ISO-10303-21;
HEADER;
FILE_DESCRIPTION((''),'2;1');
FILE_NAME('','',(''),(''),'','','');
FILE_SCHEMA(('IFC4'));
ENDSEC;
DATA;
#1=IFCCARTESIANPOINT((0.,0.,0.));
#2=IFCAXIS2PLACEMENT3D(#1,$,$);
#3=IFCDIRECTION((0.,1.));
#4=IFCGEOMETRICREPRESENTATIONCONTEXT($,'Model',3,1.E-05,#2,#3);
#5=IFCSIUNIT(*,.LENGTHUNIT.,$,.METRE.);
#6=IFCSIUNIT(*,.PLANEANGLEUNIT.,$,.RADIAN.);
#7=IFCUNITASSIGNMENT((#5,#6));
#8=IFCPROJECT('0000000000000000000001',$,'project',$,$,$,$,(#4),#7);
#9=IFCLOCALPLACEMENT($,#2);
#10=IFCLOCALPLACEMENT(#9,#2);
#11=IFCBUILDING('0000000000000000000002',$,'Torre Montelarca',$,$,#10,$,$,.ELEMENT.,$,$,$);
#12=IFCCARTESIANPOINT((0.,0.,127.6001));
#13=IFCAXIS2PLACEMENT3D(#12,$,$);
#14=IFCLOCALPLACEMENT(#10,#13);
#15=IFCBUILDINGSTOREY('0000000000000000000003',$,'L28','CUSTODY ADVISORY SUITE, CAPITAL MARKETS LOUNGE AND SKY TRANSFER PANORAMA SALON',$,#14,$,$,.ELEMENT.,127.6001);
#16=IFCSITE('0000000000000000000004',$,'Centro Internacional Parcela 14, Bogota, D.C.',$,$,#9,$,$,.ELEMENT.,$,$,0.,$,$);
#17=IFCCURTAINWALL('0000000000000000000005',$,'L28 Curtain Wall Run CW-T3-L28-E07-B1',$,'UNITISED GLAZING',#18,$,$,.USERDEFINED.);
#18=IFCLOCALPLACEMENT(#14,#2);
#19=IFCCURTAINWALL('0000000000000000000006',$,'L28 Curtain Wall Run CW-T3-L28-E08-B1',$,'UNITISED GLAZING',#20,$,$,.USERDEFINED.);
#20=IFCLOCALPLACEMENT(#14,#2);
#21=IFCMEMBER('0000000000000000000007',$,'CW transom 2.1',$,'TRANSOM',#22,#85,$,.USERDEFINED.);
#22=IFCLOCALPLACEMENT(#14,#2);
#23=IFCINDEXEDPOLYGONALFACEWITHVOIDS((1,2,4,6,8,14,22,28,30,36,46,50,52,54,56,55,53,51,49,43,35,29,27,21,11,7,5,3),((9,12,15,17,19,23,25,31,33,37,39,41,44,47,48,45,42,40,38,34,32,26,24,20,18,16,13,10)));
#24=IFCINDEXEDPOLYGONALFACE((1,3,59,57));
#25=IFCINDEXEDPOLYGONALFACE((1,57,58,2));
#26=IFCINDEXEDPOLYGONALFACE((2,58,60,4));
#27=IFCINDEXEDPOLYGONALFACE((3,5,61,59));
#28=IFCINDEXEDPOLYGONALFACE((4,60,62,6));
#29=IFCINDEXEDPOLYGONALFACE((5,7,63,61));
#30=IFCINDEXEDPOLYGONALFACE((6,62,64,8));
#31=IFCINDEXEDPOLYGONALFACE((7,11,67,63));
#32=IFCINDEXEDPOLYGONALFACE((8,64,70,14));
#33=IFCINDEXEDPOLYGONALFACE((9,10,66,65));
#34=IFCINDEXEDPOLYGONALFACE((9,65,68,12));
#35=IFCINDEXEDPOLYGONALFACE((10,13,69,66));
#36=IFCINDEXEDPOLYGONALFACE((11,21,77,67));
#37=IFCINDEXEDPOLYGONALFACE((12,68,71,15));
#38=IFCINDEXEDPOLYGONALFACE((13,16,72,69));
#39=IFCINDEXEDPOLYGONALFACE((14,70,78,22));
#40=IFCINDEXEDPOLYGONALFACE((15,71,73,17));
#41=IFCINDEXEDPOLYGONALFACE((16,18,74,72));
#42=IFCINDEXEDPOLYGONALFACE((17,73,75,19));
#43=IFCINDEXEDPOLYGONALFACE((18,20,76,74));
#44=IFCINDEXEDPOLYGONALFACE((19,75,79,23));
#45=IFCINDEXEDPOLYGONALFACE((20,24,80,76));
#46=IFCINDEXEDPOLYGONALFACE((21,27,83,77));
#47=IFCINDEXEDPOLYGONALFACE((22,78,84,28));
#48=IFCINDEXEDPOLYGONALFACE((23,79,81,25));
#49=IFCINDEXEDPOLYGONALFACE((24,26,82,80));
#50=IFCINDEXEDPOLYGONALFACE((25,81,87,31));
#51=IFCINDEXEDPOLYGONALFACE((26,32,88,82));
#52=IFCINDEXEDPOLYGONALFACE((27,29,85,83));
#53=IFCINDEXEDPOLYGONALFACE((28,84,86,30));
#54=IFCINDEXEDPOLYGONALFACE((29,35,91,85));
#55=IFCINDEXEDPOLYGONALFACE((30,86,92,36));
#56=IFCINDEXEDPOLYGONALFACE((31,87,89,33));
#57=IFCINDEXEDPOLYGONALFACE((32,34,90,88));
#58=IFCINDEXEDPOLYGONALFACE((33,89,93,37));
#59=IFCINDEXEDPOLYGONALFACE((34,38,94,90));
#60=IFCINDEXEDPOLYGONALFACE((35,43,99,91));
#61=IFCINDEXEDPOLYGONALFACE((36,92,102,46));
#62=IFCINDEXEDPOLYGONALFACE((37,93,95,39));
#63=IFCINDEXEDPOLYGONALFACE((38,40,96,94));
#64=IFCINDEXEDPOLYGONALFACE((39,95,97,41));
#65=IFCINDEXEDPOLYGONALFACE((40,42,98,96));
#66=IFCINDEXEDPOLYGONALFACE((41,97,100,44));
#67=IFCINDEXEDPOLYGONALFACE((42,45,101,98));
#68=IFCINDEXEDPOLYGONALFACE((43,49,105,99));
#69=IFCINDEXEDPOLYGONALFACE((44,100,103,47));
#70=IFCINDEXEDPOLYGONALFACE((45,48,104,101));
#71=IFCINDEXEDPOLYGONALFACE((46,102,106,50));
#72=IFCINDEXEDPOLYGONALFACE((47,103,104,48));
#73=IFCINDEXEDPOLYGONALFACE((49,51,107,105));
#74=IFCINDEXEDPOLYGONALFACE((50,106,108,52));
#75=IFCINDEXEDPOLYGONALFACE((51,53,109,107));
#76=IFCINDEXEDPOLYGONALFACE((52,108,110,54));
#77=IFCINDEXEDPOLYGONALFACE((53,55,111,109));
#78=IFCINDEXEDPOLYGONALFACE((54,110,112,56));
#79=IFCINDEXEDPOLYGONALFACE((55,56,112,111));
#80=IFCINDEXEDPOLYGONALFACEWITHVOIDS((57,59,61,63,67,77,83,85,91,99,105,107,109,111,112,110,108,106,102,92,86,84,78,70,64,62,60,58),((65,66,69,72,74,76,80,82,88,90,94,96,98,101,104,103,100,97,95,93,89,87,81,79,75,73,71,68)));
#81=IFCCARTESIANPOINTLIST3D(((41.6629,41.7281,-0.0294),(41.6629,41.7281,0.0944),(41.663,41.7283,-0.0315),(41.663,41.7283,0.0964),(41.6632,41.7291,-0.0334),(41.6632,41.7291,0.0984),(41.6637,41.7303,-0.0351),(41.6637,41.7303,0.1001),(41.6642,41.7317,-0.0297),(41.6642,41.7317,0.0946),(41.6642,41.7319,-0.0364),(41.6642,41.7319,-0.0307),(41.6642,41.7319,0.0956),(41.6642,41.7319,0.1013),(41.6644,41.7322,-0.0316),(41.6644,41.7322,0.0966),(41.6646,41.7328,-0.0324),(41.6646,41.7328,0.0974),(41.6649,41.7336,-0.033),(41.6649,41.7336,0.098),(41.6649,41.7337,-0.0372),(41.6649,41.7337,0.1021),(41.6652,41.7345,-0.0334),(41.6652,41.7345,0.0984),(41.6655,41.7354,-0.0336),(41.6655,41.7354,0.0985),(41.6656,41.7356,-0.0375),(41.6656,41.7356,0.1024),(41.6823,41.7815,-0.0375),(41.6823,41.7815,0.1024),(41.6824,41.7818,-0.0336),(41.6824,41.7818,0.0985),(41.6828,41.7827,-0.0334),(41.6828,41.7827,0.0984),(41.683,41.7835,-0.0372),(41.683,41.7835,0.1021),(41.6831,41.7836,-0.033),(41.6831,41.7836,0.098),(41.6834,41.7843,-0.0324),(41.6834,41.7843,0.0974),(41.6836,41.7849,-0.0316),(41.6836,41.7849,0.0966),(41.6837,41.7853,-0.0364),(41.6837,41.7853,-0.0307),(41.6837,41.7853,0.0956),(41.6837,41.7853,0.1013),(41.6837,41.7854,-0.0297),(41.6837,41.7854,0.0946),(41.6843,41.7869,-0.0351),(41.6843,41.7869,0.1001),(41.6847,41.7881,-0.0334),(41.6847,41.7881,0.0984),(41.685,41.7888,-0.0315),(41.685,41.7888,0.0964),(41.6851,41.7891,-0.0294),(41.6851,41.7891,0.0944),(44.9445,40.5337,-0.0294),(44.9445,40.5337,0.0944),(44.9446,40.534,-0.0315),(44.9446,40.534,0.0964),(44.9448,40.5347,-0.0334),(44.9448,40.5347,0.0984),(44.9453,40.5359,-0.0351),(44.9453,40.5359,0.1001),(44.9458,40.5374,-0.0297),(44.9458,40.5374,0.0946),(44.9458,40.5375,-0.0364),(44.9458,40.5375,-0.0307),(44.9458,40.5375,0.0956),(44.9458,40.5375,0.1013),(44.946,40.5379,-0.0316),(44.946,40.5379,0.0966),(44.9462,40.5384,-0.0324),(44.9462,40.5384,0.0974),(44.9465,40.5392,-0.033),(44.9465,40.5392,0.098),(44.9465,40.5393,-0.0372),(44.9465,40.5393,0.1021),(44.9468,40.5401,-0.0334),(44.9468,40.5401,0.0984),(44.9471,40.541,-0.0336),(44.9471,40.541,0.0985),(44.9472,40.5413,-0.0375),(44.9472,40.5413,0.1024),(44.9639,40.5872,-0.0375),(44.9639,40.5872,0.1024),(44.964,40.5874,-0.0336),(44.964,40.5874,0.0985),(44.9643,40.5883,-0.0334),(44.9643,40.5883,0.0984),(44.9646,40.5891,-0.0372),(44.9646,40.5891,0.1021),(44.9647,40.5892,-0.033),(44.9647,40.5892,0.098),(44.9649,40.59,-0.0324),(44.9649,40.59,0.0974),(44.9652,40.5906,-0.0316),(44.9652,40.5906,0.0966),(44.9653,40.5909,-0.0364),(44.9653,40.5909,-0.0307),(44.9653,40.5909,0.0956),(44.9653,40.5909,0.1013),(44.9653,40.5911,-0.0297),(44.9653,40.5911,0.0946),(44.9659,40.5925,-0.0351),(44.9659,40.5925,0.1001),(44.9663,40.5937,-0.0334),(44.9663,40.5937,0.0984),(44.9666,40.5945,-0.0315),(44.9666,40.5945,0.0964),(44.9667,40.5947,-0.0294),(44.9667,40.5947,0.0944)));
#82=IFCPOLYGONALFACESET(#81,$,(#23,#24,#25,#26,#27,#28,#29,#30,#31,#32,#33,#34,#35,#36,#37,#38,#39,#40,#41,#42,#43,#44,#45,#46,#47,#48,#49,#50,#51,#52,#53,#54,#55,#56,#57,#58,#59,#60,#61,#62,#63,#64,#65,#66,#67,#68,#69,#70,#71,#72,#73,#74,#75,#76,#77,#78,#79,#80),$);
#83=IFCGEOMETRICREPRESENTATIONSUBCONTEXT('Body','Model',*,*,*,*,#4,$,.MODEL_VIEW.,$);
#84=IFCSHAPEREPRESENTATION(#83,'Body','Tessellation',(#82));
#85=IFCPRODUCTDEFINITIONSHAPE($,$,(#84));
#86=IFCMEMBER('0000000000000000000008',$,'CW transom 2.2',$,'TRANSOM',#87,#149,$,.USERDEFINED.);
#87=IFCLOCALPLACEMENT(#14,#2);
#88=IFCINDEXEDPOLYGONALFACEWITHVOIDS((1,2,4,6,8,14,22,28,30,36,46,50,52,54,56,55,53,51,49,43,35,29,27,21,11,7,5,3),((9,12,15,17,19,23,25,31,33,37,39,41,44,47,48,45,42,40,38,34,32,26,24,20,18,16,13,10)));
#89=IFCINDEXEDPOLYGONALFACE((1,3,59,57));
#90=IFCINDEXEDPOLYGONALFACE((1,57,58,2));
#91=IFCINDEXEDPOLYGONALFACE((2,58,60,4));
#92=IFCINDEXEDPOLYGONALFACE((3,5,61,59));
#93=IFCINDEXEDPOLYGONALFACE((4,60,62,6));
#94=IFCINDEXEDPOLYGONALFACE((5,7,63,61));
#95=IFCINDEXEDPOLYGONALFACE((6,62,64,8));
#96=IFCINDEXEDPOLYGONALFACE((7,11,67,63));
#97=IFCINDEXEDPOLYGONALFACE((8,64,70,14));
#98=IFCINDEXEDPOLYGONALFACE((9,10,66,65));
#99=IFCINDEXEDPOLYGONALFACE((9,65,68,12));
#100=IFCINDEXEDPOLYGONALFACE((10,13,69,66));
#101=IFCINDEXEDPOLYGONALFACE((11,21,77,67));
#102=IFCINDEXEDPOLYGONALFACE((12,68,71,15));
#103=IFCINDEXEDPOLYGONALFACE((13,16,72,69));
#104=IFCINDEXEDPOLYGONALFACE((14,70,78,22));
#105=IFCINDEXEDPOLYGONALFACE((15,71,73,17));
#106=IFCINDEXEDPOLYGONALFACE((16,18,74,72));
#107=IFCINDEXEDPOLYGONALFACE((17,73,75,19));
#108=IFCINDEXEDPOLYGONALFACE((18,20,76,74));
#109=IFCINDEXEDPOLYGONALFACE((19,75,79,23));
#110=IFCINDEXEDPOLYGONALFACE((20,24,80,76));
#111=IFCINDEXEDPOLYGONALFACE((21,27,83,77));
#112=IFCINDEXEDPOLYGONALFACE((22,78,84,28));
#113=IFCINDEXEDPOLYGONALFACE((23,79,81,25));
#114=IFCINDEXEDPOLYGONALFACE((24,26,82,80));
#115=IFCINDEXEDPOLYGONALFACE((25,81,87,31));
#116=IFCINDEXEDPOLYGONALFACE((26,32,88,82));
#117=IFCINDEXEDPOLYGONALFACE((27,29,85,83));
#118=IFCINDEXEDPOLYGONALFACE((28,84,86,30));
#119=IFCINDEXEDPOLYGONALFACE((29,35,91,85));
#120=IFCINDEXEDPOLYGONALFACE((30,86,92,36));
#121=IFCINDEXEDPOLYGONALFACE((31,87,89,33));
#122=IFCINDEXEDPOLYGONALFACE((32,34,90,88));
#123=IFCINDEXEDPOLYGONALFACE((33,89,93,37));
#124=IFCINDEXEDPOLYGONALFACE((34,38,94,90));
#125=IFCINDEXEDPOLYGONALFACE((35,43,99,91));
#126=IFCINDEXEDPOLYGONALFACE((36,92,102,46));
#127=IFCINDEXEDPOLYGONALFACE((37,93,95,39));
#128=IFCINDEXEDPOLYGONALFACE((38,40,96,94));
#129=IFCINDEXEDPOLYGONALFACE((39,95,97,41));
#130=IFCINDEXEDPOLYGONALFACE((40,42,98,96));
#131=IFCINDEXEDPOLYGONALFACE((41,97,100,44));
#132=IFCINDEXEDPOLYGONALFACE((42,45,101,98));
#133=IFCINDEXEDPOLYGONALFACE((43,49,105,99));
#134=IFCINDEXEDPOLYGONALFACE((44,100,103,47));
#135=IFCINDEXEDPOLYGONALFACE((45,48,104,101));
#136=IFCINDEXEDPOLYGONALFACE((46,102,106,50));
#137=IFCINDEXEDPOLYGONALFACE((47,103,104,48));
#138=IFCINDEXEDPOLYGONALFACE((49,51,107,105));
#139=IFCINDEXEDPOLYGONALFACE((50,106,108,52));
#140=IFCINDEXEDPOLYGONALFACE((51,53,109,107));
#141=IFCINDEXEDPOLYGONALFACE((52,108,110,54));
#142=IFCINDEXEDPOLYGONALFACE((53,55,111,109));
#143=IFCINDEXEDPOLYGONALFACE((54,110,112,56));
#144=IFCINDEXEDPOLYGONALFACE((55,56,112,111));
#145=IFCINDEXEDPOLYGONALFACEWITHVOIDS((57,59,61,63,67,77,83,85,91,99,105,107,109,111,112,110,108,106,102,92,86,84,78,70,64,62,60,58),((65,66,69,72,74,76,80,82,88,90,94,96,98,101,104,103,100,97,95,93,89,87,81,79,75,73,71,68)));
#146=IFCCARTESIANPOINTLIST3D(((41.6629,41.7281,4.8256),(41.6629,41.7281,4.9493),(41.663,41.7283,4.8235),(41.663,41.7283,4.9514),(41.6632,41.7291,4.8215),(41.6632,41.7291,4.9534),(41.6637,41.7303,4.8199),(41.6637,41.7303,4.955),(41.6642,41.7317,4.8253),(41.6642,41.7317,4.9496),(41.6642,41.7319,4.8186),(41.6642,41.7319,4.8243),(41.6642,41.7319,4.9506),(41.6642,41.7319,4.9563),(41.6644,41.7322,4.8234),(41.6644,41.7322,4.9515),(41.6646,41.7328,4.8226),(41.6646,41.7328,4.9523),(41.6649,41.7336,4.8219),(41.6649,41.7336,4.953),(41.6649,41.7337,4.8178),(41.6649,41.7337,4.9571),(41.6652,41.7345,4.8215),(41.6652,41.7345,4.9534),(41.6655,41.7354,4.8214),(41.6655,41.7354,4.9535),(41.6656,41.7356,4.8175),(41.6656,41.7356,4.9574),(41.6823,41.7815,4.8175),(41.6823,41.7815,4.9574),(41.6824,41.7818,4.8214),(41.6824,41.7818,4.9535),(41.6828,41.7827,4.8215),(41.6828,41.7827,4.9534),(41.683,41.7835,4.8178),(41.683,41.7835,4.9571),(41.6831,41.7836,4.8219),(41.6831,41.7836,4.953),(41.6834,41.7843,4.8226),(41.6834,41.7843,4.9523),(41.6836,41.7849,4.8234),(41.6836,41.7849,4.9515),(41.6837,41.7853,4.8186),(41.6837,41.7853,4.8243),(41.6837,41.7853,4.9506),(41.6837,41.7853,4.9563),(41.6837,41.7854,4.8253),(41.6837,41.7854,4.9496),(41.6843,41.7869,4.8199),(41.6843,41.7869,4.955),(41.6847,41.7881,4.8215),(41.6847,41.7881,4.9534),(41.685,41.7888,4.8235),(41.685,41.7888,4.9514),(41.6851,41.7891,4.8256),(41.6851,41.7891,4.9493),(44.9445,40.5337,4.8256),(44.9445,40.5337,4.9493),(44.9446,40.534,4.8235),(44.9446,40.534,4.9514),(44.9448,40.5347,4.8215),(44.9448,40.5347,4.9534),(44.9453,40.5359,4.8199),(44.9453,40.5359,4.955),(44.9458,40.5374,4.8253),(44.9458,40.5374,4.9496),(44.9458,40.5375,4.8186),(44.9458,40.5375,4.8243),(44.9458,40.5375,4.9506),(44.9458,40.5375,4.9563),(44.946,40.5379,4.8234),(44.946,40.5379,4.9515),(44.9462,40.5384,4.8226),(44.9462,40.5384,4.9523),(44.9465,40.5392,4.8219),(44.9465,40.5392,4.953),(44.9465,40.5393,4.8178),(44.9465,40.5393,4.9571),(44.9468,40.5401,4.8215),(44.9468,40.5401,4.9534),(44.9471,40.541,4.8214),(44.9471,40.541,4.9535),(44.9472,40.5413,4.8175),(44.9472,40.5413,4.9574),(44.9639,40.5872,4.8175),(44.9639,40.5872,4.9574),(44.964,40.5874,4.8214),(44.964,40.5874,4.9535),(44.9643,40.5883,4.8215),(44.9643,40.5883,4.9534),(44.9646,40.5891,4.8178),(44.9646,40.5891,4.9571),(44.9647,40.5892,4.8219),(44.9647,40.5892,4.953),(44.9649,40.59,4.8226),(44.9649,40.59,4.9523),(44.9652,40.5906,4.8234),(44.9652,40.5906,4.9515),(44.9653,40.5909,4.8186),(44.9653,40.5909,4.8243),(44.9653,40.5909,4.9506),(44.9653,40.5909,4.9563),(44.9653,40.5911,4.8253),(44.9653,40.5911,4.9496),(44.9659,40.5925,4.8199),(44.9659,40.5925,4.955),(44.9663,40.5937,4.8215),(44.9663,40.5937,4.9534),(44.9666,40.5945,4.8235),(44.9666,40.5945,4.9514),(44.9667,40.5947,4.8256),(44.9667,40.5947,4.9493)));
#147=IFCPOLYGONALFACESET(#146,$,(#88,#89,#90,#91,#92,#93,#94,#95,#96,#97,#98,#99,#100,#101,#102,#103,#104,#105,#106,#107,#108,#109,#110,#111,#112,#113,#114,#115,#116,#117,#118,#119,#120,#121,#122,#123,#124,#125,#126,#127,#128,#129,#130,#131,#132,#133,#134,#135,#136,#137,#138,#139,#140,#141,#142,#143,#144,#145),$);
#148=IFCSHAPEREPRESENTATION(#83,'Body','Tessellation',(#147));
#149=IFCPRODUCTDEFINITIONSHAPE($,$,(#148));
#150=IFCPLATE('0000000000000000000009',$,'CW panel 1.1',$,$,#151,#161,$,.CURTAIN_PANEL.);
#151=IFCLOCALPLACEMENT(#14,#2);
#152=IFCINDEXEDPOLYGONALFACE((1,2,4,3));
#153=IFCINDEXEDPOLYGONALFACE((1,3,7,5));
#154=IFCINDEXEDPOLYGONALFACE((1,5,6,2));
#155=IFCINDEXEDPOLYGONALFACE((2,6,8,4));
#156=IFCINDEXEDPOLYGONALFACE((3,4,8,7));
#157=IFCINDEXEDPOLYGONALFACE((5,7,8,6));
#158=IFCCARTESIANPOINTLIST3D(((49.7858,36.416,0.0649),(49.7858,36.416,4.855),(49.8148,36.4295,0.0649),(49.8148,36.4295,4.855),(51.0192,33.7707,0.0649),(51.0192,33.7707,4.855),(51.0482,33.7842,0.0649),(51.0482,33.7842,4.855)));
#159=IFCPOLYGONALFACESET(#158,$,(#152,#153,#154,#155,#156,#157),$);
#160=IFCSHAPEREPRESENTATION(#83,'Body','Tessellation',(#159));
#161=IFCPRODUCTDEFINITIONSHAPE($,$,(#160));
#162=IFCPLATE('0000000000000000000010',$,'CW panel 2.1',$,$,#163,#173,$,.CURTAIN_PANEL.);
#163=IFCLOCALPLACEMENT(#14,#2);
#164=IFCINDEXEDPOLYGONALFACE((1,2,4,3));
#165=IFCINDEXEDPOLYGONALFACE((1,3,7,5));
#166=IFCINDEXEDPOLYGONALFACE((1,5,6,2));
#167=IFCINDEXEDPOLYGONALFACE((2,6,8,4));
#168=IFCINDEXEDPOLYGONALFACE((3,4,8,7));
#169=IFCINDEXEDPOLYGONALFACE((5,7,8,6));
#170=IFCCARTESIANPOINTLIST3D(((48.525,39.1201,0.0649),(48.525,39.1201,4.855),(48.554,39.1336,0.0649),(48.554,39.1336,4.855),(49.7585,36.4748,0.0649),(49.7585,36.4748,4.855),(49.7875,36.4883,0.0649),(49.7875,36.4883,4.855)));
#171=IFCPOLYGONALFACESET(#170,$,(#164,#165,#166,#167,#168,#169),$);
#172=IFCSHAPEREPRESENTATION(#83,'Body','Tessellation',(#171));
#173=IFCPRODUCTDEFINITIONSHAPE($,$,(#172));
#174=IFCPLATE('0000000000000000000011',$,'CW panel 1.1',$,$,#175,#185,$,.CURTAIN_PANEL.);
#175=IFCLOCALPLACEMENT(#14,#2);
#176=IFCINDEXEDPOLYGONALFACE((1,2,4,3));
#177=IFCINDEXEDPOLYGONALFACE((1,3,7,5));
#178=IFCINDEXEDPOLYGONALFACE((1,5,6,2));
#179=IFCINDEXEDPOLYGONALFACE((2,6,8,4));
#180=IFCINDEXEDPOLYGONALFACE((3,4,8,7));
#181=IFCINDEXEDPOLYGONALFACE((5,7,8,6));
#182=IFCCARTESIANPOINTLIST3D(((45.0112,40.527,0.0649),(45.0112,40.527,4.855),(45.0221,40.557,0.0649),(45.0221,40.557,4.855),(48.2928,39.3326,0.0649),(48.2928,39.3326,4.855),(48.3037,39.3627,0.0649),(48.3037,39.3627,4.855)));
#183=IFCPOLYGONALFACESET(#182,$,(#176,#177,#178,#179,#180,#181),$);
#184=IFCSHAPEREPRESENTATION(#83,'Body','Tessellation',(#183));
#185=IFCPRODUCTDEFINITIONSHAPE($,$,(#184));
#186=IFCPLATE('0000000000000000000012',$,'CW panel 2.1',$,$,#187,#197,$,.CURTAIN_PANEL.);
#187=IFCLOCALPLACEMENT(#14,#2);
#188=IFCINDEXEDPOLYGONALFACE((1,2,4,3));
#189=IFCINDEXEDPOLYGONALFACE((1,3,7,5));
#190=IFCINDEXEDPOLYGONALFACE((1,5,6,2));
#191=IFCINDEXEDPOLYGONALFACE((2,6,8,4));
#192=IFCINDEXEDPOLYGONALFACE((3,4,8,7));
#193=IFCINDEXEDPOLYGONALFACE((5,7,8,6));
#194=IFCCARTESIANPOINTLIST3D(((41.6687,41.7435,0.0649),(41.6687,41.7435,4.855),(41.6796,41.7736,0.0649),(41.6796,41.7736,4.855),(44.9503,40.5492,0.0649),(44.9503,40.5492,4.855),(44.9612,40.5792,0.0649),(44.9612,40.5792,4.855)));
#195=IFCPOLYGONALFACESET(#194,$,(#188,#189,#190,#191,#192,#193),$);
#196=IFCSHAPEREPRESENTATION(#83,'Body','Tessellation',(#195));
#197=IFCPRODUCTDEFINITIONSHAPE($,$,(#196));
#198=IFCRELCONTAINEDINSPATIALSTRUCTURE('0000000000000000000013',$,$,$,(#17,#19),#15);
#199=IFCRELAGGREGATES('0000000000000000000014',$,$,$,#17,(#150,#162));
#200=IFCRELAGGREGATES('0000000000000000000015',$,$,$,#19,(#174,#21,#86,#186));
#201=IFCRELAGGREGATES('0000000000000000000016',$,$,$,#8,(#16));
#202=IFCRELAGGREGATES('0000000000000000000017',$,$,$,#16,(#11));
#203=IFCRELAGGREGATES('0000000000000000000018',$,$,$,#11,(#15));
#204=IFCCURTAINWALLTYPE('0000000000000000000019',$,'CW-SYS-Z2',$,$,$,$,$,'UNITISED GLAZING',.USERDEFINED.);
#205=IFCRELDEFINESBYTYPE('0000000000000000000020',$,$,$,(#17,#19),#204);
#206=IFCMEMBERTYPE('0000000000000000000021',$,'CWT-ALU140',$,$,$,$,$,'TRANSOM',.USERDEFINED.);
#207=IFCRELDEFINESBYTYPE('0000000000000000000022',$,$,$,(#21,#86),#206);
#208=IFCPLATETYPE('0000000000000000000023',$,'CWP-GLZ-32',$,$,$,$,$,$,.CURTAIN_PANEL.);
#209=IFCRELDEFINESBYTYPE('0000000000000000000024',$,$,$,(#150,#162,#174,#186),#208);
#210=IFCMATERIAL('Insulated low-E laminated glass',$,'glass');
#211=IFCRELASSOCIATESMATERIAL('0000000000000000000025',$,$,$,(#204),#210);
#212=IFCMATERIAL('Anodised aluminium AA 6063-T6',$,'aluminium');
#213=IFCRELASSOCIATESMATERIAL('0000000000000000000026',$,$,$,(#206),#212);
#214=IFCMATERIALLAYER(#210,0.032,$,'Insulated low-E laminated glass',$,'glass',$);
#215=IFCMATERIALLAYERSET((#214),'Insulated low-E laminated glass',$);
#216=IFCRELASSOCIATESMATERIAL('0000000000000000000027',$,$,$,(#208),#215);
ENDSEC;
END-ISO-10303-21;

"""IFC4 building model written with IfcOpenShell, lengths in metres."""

from ifc_helpers import new_model, si_unit, direction, frame, origin, origin_2d, place, context, subcontext, project, spatial, rectangle, hollow_rectangle, extrude, source, transform, mapped, material, layer, layer_set, material_profile, profile_set, type_object, element, aggregate, save


model = new_model("IFC4")

# Units and contexts
model_context = context("Model", 3, precision=1e-05, world=origin(), true_north=direction((0.0, 1.0)))
body_context = subcontext(model_context, "Body", "Model", "MODEL_VIEW")
ifc_project = project(units=[si_unit("LENGTHUNIT", "METRE"), si_unit("PLANEANGLEUNIT", "RADIAN")], contexts=[model_context])

# Site, building, storey
site_placement = place(None, origin())
site = spatial("IfcSite", under=ifc_project, at=site_placement, Name="Centro Internacional Parcela 14, Bogota, D.C.", CompositionType="ELEMENT", RefElevation=0.0)
building_placement = place(site_placement, origin())
building = spatial("IfcBuilding", under=site, at=building_placement, Name="Torre Montelarca", CompositionType="ELEMENT")
storey_placement = place(building_placement, frame((0.0, 0.0, 127.6001)))
storey = spatial("IfcBuildingStorey", under=building, at=storey_placement, Name="L28", Description="CUSTODY ADVISORY SUITE, CAPITAL MARKETS LOUNGE AND SKY TRANSFER PANORAMA SALON", CompositionType="ELEMENT", Elevation=127.6001)

# Curtain walls
ifc_material_1 = material(Name="Insulated low-E laminated glass", Category="glass")
curtain_wall_type = type_object("IfcCurtainWallType", Name="CW-SYS-Z2", ElementType="UNITISED GLAZING", PredefinedType="USERDEFINED", material=ifc_material_1)
curtain_wall_1_placement = place(storey_placement, origin())
curtain_wall_1 = element("IfcCurtainWall", 1, at=curtain_wall_1_placement, inside=storey, type_object=curtain_wall_type, Name="L28 Curtain Wall Run CW-T3-L28-E07-B1", ObjectType="UNITISED GLAZING", PredefinedType="USERDEFINED")
ifc_material_2 = material(Name="Anodised aluminium AA 6063-T6", Category="aluminium")
ifc_material_profile_1 = material_profile(ifc_material_2, hollow_rectangle(XDim=0.0649, YDim=0.1399, WallThickness=0.0039, InnerFilletRadius=0.0039, OuterFilletRadius=0.0081, at=origin_2d()), Name="ALU65X140X4", Category="aluminium")
ifc_profile_set_1 = profile_set([ifc_material_profile_1], Name="Anodised aluminium AA 6063-T6")
member_type_1 = type_object("IfcMemberType", Name="CWT-ALU140", ElementType="TRANSOM", PredefinedType="USERDEFINED", material=ifc_profile_set_1)
curtain_wall_2_placement = place(storey_placement, origin())
curtain_wall_2 = element("IfcCurtainWall", 2, at=curtain_wall_2_placement, inside=storey, type_object=curtain_wall_type, Name="L28 Curtain Wall Run CW-T3-L28-E08-B1", ObjectType="UNITISED GLAZING", PredefinedType="USERDEFINED")

# Members
shared_shape_1 = source(origin(), body_context, "Body", "SweptSolid", [
    extrude(hollow_rectangle(XDim=0.0649, YDim=0.1399, WallThickness=0.0039, InnerFilletRadius=0.0039, OuterFilletRadius=0.0081, at=origin_2d()), origin(), (0.0, 0.0, 1.0), 3.4922),
])
member_1_placement = place(storey_placement, frame((44.9556, 40.5642, 0.0325), z_axis=(-0.939695, 0.342012, 0.0), x_axis=(-0.342012, -0.939695, 0.0)))
member_1 = element("IfcMember", 3, at=member_1_placement, type_object=member_type_1, Name="CW transom 2.1", ObjectType="TRANSOM", PredefinedType="USERDEFINED", context=body_context, shape_type="MappedRepresentation", body=[
    mapped(shared_shape_1, transform((0.0, 0.0, 0.0), scale=1.0)),
])
member_2_placement = place(storey_placement, frame((44.9556, 40.5642, 4.8875), z_axis=(-0.939695, 0.342012, 0.0), x_axis=(-0.342012, -0.939695, 0.0)))
member_2 = element("IfcMember", 4, at=member_2_placement, type_object=member_type_1, Name="CW transom 2.2", ObjectType="TRANSOM", PredefinedType="USERDEFINED", context=body_context, shape_type="MappedRepresentation", body=[
    mapped(shared_shape_1, transform((0.0, 0.0, 0.0), scale=1.0)),
])

# Plates
ifc_layer_1 = layer(ifc_material_1, 0.032, Name="Insulated low-E laminated glass", Category="glass")
ifc_layer_set_1 = layer_set([ifc_layer_1], Name="Insulated low-E laminated glass")
plate_type = type_object("IfcPlateType", Name="CWP-GLZ-32", PredefinedType="CURTAIN_PANEL", material=ifc_layer_set_1)
shared_shape_2 = source(origin(), body_context, "Body", "SweptSolid", [
    extrude(rectangle(XDim=2.9187, YDim=0.032, at=origin_2d()), origin(), (0.0, 0.0, 1.0), 4.79),
])
plate_1_placement = place(storey_placement, frame((50.417, 35.1001, 0.0649), z_axis=(0.0, 0.0, 1.0), x_axis=(-0.422598, 0.906317, 0.0)))
plate_1 = element("IfcPlate", 5, at=plate_1_placement, type_object=plate_type, Name="CW panel 1.1", PredefinedType="CURTAIN_PANEL", context=body_context, shape_type="MappedRepresentation", body=[
    mapped(shared_shape_2, transform((0.0, 0.0, 0.0), scale=1.0)),
])
plate_2_placement = place(storey_placement, frame((49.1562, 37.8042, 0.0649), z_axis=(0.0, 0.0, 1.0), x_axis=(-0.422598, 0.906317, 0.0)))
plate_2 = element("IfcPlate", 6, at=plate_2_placement, type_object=plate_type, Name="CW panel 2.1", PredefinedType="CURTAIN_PANEL", context=body_context, shape_type="MappedRepresentation", body=[
    mapped(shared_shape_2, transform((0.0, 0.0, 0.0), scale=1.0)),
])
aggregate(curtain_wall_1, [plate_1, plate_2])
shared_shape_3 = source(origin(), body_context, "Body", "SweptSolid", [
    extrude(rectangle(XDim=3.4922, YDim=0.032, at=origin_2d()), origin(), (0.0, 0.0, 1.0), 4.79),
])
plate_3_placement = place(storey_placement, frame((46.6575, 39.9448, 0.0649), z_axis=(0.0, 0.0, 1.0), x_axis=(-0.939693, 0.342018, 0.0)))
plate_3 = element("IfcPlate", 7, at=plate_3_placement, type_object=plate_type, Name="CW panel 1.1", PredefinedType="CURTAIN_PANEL", context=body_context, shape_type="MappedRepresentation", body=[
    mapped(shared_shape_3, transform((0.0, 0.0, 0.0), scale=1.0)),
])
plate_4_placement = place(storey_placement, frame((43.3149, 41.1614, 0.0649), z_axis=(0.0, 0.0, 1.0), x_axis=(-0.939693, 0.342018, 0.0)))
plate_4 = element("IfcPlate", 8, at=plate_4_placement, type_object=plate_type, Name="CW panel 2.1", PredefinedType="CURTAIN_PANEL", context=body_context, shape_type="MappedRepresentation", body=[
    mapped(shared_shape_3, transform((0.0, 0.0, 0.0), scale=1.0)),
])
aggregate(curtain_wall_2, [plate_3, member_1, member_2, plate_4])

save(model, "model.ifc")
